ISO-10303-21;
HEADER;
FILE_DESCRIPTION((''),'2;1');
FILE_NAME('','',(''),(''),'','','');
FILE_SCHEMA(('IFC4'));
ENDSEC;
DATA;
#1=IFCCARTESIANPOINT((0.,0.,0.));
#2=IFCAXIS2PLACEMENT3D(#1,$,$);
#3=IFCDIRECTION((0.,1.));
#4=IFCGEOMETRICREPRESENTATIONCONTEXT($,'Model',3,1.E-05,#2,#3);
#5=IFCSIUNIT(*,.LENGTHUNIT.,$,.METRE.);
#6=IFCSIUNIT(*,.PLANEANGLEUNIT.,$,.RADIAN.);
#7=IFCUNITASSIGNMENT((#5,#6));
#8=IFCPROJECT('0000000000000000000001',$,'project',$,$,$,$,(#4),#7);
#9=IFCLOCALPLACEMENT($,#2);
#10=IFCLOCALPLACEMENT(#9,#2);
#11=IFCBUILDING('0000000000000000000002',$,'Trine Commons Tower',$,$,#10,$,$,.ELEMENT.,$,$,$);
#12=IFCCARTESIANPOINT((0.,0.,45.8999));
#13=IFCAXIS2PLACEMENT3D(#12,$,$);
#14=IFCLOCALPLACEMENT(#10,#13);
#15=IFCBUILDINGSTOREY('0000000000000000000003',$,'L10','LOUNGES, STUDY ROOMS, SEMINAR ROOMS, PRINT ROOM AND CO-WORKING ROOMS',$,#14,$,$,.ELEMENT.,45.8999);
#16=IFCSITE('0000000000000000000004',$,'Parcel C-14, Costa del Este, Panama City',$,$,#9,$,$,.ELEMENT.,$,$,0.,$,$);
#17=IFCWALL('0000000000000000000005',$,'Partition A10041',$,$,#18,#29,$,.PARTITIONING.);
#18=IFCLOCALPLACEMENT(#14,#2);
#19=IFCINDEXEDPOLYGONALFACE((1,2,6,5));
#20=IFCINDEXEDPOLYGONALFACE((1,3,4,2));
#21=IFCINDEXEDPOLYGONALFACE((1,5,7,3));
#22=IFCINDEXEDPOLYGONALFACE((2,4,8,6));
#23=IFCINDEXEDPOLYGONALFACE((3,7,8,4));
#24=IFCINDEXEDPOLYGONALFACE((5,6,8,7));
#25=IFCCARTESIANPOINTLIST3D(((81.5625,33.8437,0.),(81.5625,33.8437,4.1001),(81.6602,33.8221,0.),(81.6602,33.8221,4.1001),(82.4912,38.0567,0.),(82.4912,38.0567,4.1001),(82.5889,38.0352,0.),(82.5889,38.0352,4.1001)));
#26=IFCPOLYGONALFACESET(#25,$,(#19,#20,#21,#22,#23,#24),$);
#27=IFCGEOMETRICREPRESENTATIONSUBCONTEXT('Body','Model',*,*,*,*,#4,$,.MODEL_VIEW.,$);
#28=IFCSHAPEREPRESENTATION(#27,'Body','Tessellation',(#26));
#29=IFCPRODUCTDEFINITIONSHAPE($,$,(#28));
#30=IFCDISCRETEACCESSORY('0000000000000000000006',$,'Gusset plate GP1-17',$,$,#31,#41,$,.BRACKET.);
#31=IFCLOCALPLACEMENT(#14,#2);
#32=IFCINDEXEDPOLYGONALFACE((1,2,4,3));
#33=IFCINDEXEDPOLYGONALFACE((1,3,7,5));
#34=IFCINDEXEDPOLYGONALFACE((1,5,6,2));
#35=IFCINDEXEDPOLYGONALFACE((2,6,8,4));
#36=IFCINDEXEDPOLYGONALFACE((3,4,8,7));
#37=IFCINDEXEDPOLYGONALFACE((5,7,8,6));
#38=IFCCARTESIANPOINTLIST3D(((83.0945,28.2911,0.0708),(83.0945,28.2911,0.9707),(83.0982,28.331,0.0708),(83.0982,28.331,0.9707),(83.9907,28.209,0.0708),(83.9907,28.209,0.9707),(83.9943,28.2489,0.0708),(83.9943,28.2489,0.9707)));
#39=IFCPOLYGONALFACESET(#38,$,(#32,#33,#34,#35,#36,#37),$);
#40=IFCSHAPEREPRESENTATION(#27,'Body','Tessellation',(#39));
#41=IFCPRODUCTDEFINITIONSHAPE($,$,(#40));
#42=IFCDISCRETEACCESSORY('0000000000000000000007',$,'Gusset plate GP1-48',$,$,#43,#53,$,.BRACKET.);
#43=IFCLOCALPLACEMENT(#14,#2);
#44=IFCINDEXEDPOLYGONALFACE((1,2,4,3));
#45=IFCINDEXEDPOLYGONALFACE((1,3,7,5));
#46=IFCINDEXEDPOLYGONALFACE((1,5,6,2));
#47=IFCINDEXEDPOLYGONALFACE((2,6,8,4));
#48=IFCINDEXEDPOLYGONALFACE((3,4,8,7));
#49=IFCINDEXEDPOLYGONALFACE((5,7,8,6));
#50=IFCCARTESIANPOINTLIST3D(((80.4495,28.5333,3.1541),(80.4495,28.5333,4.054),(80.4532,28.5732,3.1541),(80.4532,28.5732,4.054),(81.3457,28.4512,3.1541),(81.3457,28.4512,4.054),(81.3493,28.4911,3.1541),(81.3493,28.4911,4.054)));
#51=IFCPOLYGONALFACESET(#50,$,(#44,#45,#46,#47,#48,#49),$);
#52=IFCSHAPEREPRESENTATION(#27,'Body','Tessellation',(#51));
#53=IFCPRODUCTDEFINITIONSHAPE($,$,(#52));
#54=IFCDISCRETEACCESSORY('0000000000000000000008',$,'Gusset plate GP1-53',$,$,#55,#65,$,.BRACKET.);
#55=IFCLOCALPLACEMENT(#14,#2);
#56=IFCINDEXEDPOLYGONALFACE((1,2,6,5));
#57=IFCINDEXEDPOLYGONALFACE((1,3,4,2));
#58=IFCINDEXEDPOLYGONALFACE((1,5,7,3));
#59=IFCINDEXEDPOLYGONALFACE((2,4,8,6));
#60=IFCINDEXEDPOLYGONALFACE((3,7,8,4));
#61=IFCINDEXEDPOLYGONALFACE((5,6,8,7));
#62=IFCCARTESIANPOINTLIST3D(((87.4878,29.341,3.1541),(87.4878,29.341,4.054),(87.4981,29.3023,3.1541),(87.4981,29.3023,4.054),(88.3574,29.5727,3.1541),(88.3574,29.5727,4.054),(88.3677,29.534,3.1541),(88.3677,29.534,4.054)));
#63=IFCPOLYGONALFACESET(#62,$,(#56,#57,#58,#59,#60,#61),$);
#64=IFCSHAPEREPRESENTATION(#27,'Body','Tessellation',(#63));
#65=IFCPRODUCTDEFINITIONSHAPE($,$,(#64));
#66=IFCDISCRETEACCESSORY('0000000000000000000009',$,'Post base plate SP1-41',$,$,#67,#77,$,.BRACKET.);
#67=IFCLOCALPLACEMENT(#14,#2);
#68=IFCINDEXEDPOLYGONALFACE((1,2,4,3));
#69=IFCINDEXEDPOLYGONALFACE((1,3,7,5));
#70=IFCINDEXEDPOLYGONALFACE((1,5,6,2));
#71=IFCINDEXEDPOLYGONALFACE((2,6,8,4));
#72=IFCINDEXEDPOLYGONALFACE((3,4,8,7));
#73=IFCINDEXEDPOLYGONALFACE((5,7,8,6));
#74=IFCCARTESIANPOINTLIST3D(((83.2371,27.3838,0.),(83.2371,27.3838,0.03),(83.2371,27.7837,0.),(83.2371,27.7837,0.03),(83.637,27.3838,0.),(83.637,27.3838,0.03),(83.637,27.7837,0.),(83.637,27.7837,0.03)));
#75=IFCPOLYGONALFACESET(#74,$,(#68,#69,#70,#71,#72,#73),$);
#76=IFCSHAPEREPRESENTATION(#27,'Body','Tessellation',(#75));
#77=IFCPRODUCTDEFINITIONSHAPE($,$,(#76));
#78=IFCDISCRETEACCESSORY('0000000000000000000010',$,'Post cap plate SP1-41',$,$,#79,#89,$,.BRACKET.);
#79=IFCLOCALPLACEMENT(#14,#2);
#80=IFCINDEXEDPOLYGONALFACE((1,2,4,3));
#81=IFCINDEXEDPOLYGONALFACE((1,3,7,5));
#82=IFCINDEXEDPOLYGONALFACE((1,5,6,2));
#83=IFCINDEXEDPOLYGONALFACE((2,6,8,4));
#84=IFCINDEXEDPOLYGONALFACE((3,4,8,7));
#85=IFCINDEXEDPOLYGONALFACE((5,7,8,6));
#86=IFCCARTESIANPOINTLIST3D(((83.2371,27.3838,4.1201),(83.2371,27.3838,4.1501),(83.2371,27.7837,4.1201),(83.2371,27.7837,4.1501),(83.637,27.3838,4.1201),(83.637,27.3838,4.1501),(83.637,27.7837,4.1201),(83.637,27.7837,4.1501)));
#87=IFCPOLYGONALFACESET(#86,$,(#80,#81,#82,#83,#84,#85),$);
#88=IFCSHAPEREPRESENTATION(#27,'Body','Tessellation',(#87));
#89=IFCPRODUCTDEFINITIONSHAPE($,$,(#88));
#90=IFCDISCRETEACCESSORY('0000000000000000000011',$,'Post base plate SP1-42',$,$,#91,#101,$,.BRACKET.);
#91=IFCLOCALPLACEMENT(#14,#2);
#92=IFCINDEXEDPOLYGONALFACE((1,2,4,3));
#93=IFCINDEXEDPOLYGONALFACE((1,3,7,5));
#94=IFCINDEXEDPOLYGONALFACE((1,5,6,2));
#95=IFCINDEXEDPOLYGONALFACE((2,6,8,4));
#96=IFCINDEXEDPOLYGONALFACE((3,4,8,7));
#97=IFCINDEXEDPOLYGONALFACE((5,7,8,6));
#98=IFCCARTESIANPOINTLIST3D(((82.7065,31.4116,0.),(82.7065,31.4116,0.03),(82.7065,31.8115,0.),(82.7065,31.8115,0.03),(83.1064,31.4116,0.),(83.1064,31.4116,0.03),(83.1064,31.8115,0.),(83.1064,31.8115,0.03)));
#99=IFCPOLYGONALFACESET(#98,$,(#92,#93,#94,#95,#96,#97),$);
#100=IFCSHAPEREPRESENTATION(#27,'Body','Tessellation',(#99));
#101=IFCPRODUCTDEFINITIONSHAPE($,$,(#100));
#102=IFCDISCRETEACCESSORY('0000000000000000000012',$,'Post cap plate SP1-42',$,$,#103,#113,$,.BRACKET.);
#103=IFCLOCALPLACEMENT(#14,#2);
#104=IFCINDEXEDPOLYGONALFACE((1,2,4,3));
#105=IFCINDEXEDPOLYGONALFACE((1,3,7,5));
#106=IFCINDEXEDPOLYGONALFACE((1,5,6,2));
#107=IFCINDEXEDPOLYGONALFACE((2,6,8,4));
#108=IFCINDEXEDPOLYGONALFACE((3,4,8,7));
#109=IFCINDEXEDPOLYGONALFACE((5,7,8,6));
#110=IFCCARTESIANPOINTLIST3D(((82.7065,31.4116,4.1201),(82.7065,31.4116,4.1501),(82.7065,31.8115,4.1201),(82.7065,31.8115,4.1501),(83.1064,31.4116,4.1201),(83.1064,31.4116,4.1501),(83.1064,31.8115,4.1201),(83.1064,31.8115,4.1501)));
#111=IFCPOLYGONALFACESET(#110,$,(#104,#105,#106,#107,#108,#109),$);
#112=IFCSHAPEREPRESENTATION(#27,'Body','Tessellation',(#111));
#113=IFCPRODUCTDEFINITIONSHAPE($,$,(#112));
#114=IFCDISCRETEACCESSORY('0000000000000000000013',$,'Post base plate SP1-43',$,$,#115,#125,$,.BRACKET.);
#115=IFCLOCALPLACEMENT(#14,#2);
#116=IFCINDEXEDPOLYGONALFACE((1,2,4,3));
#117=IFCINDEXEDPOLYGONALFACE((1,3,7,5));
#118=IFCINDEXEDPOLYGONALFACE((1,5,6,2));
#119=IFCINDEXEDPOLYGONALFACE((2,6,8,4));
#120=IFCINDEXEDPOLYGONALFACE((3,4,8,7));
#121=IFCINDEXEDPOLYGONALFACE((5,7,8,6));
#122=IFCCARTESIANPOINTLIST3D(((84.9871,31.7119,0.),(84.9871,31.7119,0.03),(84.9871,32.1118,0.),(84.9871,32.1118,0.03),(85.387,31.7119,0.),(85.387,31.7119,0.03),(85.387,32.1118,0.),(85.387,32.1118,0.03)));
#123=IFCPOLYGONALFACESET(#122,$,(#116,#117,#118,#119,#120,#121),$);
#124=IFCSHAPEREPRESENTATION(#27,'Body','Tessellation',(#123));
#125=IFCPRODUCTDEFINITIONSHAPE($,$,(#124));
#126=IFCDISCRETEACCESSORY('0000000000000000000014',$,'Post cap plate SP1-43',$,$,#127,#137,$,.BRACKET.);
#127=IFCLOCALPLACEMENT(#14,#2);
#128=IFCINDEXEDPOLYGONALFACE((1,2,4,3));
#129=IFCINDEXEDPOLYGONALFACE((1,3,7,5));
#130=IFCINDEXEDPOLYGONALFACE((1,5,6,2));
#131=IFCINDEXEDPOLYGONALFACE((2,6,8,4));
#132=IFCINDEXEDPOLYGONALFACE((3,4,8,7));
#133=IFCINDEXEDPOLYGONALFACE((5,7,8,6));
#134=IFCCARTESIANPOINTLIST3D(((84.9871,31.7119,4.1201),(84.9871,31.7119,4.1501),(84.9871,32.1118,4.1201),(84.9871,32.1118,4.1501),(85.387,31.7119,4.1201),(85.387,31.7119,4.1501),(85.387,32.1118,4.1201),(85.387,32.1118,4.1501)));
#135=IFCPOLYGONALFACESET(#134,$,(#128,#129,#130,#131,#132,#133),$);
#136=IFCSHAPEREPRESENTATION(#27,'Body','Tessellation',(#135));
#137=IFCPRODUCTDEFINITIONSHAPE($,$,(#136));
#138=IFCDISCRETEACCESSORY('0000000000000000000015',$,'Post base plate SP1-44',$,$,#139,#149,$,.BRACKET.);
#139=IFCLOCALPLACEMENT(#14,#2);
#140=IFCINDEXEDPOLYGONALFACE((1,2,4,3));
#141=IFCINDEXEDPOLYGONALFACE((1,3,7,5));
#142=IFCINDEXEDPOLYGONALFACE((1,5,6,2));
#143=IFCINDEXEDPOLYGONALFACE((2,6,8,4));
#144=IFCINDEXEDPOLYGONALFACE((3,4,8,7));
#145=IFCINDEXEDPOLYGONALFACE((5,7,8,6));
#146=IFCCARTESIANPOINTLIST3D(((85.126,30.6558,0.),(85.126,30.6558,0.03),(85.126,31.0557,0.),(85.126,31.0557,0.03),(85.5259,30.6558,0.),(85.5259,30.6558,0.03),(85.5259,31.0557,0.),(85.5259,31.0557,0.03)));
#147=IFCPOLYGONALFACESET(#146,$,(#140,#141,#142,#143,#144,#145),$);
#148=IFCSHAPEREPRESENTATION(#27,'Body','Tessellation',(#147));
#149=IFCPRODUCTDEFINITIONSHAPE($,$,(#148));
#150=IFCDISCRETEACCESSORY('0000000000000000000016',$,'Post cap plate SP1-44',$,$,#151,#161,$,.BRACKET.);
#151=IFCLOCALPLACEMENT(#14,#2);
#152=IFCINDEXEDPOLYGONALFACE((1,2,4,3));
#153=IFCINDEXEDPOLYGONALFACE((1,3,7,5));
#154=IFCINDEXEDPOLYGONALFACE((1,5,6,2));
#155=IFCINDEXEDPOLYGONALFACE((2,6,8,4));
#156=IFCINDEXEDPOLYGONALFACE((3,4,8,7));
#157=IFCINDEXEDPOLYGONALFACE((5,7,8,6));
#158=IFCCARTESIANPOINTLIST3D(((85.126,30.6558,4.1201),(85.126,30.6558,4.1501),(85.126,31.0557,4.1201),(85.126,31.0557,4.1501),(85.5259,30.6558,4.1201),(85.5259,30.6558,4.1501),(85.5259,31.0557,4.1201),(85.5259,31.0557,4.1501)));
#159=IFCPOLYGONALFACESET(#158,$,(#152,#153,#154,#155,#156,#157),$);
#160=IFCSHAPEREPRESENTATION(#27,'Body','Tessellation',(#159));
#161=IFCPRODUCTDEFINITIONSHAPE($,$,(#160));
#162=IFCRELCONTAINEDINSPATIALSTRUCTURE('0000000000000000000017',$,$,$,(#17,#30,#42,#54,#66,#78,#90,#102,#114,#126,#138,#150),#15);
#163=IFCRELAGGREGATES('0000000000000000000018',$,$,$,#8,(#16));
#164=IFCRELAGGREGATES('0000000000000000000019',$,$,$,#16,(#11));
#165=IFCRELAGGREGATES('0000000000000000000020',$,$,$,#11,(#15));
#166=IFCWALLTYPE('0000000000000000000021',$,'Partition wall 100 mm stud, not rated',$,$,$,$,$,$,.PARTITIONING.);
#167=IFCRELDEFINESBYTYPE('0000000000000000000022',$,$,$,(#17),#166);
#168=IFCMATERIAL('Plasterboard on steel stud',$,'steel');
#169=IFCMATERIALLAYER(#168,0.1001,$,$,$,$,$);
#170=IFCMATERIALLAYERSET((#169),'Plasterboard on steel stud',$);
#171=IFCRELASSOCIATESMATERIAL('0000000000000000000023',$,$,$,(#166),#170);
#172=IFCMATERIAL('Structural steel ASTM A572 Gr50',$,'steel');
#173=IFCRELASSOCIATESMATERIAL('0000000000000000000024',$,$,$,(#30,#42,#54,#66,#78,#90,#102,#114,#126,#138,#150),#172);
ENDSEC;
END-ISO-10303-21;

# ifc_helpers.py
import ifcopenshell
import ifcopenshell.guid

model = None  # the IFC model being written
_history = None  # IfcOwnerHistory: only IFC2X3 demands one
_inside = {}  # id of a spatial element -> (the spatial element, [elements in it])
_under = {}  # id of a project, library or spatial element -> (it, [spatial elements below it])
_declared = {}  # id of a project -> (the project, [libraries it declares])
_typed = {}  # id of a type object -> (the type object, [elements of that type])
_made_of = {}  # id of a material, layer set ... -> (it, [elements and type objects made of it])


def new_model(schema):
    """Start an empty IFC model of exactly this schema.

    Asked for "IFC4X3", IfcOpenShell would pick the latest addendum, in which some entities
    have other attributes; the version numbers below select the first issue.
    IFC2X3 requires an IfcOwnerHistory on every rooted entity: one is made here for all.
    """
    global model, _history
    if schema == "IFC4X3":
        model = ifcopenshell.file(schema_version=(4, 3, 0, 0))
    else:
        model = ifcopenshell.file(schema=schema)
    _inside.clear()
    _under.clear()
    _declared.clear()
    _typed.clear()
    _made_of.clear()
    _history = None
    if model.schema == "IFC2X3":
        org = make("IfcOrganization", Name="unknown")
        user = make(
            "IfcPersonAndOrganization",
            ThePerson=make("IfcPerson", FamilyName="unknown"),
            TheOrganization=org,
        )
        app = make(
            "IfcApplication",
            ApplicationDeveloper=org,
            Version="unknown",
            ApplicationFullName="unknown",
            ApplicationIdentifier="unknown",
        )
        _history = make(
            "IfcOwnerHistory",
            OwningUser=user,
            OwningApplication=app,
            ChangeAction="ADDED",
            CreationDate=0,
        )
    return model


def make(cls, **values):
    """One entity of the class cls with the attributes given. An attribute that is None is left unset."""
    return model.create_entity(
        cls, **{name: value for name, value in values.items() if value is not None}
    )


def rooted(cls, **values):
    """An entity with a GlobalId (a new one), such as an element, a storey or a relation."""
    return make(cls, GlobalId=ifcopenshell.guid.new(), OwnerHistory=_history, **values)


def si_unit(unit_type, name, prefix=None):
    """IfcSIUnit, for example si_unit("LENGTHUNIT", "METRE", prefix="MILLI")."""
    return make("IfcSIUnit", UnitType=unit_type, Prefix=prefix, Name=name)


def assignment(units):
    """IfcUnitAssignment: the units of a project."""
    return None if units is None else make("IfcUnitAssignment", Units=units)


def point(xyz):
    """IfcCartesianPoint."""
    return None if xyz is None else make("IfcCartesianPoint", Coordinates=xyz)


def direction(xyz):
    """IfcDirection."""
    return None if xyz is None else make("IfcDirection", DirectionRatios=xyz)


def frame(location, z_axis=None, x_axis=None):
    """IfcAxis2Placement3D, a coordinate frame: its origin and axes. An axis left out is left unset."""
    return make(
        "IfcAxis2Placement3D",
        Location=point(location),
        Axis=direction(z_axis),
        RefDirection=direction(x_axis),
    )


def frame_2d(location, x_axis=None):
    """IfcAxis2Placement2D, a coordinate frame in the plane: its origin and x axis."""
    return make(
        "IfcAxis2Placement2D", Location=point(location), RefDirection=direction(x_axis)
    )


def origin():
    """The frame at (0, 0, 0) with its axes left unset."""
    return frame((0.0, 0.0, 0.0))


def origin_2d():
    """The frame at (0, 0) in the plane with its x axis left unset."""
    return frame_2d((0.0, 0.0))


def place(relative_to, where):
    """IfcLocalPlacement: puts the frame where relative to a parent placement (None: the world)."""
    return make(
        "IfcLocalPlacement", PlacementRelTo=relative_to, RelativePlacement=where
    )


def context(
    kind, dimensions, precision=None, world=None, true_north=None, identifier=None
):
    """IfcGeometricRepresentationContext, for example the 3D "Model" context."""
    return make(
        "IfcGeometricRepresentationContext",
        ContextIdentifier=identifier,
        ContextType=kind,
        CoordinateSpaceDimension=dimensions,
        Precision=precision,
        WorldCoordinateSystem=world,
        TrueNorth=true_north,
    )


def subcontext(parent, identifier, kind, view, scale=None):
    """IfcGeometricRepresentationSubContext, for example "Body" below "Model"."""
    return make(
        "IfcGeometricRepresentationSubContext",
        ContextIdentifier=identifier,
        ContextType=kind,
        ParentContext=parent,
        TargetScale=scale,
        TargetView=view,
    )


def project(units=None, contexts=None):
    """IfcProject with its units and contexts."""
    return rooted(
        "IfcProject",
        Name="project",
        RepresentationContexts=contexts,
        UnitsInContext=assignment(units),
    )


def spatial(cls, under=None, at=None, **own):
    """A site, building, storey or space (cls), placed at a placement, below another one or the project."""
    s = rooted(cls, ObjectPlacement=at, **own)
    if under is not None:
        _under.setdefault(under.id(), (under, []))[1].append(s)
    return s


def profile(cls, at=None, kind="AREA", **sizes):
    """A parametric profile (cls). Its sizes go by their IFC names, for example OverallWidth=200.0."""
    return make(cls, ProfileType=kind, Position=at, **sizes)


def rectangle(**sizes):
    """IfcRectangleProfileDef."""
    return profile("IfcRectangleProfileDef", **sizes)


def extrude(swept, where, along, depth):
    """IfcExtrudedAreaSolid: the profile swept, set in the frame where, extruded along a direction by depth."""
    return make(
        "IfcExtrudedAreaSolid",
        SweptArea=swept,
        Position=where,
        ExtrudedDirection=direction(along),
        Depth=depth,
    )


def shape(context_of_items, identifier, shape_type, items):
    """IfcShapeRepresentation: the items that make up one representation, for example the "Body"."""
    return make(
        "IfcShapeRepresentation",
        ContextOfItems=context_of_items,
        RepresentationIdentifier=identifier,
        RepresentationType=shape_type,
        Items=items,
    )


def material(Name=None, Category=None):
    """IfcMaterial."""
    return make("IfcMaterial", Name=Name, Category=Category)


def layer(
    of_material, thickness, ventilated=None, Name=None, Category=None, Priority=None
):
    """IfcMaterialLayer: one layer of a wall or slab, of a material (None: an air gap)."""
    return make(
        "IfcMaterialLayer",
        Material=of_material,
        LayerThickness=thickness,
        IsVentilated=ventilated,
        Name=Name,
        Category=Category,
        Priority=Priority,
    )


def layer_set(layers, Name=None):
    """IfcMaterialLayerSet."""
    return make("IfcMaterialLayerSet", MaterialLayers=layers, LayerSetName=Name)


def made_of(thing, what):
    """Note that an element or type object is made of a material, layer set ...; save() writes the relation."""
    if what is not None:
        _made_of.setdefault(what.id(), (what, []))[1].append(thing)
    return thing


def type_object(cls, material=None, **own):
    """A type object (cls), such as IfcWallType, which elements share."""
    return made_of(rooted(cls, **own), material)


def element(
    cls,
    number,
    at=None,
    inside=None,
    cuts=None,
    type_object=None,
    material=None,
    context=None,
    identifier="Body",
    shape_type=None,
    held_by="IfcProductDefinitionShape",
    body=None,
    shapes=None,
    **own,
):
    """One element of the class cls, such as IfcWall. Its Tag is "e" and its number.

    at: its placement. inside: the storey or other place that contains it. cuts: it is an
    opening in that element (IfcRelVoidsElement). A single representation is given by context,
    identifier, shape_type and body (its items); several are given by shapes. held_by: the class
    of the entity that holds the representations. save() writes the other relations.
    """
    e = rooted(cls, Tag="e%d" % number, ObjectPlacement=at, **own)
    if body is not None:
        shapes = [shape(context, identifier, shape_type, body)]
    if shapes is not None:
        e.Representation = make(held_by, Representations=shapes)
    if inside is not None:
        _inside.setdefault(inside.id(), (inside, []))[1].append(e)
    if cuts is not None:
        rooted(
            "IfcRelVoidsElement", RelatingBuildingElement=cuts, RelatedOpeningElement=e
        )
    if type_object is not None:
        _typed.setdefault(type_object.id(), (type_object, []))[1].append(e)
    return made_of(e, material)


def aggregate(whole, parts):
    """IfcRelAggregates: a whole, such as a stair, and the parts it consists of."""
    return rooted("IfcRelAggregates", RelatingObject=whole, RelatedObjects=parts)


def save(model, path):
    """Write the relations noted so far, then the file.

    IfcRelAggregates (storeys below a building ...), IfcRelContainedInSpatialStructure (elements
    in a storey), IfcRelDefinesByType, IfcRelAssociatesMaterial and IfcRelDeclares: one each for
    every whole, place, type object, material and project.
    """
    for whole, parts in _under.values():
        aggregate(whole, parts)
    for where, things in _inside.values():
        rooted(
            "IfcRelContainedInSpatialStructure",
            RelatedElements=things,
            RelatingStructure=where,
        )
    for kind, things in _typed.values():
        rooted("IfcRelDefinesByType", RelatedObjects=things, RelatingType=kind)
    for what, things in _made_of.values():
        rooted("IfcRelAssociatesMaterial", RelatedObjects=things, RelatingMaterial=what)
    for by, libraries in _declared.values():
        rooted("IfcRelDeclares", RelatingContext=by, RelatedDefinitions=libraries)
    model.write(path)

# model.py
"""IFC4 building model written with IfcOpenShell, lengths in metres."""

from ifc_helpers import new_model, si_unit, direction, frame, frame_2d, origin, origin_2d, place, context, subcontext, project, spatial, rectangle, extrude, material, layer, layer_set, type_object, element, save


model = new_model("IFC4")

# Units and contexts
model_context = context("Model", 3, precision=1e-05, world=origin(), true_north=direction((0.0, 1.0)))
body_context = subcontext(model_context, "Body", "Model", "MODEL_VIEW")
ifc_project = project(units=[si_unit("LENGTHUNIT", "METRE"), si_unit("PLANEANGLEUNIT", "RADIAN")], contexts=[model_context])

# Site, building, storey
site_placement = place(None, origin())
site = spatial("IfcSite", under=ifc_project, at=site_placement, Name="Parcel C-14, Costa del Este, Panama City", CompositionType="ELEMENT", RefElevation=0.0)
building_placement = place(site_placement, origin())
building = spatial("IfcBuilding", under=site, at=building_placement, Name="Trine Commons Tower", CompositionType="ELEMENT")
storey_placement = place(building_placement, frame((0.0, 0.0, 45.8999)))
storey = spatial("IfcBuildingStorey", under=building, at=storey_placement, Name="L10", Description="LOUNGES, STUDY ROOMS, SEMINAR ROOMS, PRINT ROOM AND CO-WORKING ROOMS", CompositionType="ELEMENT", Elevation=45.8999)

# Wall
ifc_material_1 = material(Name="Plasterboard on steel stud", Category="steel")
ifc_layer_1 = layer(ifc_material_1, 0.1001)
ifc_layer_set_1 = layer_set([ifc_layer_1], Name="Plasterboard on steel stud")
wall_type_1 = type_object("IfcWallType", Name="Partition wall 100 mm stud, not rated", PredefinedType="PARTITIONING", material=ifc_layer_set_1)
wall_1_placement = place(storey_placement, frame((81.6113, 33.8328, 0.0), z_axis=(0.0, 0.0, 1.0), x_axis=(0.215264, 0.976556, 0.0)))
element("IfcWall", 1, at=wall_1_placement, inside=storey, type_object=wall_type_1, Name="Partition A10041", PredefinedType="PARTITIONING", context=body_context, shape_type="SweptSolid", body=[
    extrude(rectangle(XDim=4.3142, YDim=0.1001, at=frame_2d((2.1572, 0.0))), origin(), (0.0, 0.0, 1.0), 4.1001),
])

# Discrete accessories
ifc_material_2 = material(Name="Structural steel ASTM A572 Gr50", Category="steel")
for number, where, z_axis, x_axis, name in (
    (2, (83.5444, 28.27, 0.0708), (0.0, 0.0, 1.0), (-0.99583, 0.091224, 0.0), "Gusset plate GP1-17"),
    (3, (80.8994, 28.5122, 3.1541), (0.0, 0.0, 1.0), (-0.99583, 0.091224, 0.0), "Gusset plate GP1-48"),
    (4, (87.9277, 29.4375, 3.1541), (0.0, 0.0, 1.0), (0.966304, 0.257403, 0.0), "Gusset plate GP1-53"),
):
    element("IfcDiscreteAccessory", number, at=place(storey_placement, frame(where, z_axis=z_axis, x_axis=x_axis)), inside=storey, material=ifc_material_2, Name=name, PredefinedType="BRACKET", context=body_context, shape_type="SweptSolid", body=[
        extrude(rectangle(XDim=0.8999, YDim=0.04, at=origin_2d()), origin(), (0.0, 0.0, 1.0), 0.8999),
    ])
for number, where, z_axis, x_axis, name in (
    (5, (83.437, 27.5837, 0.0), (0.0, 0.0, 1.0), (1.0, 0.0, 0.0), "Post base plate SP1-41"),
    (6, (83.437, 27.5837, 4.1201), (0.0, 0.0, 1.0), (1.0, 0.0, 0.0), "Post cap plate SP1-41"),
    (7, (82.9065, 31.6116, 0.0), (0.0, 0.0, 1.0), (1.0, 0.0, 0.0), "Post base plate SP1-42"),
    (8, (82.9065, 31.6116, 4.1201), (0.0, 0.0, 1.0), (1.0, 0.0, 0.0), "Post cap plate SP1-42"),
    (9, (85.187, 31.9119, 0.0), (0.0, 0.0, 1.0), (1.0, 0.0, 0.0), "Post base plate SP1-43"),
    (10, (85.187, 31.9119, 4.1201), (0.0, 0.0, 1.0), (1.0, 0.0, 0.0), "Post cap plate SP1-43"),
    (11, (85.3259, 30.8557, 0.0), (0.0, 0.0, 1.0), (1.0, 0.0, 0.0), "Post base plate SP1-44"),
    (12, (85.3259, 30.8557, 4.1201), (0.0, 0.0, 1.0), (1.0, 0.0, 0.0), "Post cap plate SP1-44"),
):
    element("IfcDiscreteAccessory", number, at=place(storey_placement, frame(where, z_axis=z_axis, x_axis=x_axis)), inside=storey, material=ifc_material_2, Name=name, PredefinedType="BRACKET", context=body_context, shape_type="SweptSolid", body=[
        extrude(rectangle(XDim=0.3999, YDim=0.3999, at=origin_2d()), origin(), (0.0, 0.0, 1.0), 0.03),
    ])

save(model, "model.ifc")
